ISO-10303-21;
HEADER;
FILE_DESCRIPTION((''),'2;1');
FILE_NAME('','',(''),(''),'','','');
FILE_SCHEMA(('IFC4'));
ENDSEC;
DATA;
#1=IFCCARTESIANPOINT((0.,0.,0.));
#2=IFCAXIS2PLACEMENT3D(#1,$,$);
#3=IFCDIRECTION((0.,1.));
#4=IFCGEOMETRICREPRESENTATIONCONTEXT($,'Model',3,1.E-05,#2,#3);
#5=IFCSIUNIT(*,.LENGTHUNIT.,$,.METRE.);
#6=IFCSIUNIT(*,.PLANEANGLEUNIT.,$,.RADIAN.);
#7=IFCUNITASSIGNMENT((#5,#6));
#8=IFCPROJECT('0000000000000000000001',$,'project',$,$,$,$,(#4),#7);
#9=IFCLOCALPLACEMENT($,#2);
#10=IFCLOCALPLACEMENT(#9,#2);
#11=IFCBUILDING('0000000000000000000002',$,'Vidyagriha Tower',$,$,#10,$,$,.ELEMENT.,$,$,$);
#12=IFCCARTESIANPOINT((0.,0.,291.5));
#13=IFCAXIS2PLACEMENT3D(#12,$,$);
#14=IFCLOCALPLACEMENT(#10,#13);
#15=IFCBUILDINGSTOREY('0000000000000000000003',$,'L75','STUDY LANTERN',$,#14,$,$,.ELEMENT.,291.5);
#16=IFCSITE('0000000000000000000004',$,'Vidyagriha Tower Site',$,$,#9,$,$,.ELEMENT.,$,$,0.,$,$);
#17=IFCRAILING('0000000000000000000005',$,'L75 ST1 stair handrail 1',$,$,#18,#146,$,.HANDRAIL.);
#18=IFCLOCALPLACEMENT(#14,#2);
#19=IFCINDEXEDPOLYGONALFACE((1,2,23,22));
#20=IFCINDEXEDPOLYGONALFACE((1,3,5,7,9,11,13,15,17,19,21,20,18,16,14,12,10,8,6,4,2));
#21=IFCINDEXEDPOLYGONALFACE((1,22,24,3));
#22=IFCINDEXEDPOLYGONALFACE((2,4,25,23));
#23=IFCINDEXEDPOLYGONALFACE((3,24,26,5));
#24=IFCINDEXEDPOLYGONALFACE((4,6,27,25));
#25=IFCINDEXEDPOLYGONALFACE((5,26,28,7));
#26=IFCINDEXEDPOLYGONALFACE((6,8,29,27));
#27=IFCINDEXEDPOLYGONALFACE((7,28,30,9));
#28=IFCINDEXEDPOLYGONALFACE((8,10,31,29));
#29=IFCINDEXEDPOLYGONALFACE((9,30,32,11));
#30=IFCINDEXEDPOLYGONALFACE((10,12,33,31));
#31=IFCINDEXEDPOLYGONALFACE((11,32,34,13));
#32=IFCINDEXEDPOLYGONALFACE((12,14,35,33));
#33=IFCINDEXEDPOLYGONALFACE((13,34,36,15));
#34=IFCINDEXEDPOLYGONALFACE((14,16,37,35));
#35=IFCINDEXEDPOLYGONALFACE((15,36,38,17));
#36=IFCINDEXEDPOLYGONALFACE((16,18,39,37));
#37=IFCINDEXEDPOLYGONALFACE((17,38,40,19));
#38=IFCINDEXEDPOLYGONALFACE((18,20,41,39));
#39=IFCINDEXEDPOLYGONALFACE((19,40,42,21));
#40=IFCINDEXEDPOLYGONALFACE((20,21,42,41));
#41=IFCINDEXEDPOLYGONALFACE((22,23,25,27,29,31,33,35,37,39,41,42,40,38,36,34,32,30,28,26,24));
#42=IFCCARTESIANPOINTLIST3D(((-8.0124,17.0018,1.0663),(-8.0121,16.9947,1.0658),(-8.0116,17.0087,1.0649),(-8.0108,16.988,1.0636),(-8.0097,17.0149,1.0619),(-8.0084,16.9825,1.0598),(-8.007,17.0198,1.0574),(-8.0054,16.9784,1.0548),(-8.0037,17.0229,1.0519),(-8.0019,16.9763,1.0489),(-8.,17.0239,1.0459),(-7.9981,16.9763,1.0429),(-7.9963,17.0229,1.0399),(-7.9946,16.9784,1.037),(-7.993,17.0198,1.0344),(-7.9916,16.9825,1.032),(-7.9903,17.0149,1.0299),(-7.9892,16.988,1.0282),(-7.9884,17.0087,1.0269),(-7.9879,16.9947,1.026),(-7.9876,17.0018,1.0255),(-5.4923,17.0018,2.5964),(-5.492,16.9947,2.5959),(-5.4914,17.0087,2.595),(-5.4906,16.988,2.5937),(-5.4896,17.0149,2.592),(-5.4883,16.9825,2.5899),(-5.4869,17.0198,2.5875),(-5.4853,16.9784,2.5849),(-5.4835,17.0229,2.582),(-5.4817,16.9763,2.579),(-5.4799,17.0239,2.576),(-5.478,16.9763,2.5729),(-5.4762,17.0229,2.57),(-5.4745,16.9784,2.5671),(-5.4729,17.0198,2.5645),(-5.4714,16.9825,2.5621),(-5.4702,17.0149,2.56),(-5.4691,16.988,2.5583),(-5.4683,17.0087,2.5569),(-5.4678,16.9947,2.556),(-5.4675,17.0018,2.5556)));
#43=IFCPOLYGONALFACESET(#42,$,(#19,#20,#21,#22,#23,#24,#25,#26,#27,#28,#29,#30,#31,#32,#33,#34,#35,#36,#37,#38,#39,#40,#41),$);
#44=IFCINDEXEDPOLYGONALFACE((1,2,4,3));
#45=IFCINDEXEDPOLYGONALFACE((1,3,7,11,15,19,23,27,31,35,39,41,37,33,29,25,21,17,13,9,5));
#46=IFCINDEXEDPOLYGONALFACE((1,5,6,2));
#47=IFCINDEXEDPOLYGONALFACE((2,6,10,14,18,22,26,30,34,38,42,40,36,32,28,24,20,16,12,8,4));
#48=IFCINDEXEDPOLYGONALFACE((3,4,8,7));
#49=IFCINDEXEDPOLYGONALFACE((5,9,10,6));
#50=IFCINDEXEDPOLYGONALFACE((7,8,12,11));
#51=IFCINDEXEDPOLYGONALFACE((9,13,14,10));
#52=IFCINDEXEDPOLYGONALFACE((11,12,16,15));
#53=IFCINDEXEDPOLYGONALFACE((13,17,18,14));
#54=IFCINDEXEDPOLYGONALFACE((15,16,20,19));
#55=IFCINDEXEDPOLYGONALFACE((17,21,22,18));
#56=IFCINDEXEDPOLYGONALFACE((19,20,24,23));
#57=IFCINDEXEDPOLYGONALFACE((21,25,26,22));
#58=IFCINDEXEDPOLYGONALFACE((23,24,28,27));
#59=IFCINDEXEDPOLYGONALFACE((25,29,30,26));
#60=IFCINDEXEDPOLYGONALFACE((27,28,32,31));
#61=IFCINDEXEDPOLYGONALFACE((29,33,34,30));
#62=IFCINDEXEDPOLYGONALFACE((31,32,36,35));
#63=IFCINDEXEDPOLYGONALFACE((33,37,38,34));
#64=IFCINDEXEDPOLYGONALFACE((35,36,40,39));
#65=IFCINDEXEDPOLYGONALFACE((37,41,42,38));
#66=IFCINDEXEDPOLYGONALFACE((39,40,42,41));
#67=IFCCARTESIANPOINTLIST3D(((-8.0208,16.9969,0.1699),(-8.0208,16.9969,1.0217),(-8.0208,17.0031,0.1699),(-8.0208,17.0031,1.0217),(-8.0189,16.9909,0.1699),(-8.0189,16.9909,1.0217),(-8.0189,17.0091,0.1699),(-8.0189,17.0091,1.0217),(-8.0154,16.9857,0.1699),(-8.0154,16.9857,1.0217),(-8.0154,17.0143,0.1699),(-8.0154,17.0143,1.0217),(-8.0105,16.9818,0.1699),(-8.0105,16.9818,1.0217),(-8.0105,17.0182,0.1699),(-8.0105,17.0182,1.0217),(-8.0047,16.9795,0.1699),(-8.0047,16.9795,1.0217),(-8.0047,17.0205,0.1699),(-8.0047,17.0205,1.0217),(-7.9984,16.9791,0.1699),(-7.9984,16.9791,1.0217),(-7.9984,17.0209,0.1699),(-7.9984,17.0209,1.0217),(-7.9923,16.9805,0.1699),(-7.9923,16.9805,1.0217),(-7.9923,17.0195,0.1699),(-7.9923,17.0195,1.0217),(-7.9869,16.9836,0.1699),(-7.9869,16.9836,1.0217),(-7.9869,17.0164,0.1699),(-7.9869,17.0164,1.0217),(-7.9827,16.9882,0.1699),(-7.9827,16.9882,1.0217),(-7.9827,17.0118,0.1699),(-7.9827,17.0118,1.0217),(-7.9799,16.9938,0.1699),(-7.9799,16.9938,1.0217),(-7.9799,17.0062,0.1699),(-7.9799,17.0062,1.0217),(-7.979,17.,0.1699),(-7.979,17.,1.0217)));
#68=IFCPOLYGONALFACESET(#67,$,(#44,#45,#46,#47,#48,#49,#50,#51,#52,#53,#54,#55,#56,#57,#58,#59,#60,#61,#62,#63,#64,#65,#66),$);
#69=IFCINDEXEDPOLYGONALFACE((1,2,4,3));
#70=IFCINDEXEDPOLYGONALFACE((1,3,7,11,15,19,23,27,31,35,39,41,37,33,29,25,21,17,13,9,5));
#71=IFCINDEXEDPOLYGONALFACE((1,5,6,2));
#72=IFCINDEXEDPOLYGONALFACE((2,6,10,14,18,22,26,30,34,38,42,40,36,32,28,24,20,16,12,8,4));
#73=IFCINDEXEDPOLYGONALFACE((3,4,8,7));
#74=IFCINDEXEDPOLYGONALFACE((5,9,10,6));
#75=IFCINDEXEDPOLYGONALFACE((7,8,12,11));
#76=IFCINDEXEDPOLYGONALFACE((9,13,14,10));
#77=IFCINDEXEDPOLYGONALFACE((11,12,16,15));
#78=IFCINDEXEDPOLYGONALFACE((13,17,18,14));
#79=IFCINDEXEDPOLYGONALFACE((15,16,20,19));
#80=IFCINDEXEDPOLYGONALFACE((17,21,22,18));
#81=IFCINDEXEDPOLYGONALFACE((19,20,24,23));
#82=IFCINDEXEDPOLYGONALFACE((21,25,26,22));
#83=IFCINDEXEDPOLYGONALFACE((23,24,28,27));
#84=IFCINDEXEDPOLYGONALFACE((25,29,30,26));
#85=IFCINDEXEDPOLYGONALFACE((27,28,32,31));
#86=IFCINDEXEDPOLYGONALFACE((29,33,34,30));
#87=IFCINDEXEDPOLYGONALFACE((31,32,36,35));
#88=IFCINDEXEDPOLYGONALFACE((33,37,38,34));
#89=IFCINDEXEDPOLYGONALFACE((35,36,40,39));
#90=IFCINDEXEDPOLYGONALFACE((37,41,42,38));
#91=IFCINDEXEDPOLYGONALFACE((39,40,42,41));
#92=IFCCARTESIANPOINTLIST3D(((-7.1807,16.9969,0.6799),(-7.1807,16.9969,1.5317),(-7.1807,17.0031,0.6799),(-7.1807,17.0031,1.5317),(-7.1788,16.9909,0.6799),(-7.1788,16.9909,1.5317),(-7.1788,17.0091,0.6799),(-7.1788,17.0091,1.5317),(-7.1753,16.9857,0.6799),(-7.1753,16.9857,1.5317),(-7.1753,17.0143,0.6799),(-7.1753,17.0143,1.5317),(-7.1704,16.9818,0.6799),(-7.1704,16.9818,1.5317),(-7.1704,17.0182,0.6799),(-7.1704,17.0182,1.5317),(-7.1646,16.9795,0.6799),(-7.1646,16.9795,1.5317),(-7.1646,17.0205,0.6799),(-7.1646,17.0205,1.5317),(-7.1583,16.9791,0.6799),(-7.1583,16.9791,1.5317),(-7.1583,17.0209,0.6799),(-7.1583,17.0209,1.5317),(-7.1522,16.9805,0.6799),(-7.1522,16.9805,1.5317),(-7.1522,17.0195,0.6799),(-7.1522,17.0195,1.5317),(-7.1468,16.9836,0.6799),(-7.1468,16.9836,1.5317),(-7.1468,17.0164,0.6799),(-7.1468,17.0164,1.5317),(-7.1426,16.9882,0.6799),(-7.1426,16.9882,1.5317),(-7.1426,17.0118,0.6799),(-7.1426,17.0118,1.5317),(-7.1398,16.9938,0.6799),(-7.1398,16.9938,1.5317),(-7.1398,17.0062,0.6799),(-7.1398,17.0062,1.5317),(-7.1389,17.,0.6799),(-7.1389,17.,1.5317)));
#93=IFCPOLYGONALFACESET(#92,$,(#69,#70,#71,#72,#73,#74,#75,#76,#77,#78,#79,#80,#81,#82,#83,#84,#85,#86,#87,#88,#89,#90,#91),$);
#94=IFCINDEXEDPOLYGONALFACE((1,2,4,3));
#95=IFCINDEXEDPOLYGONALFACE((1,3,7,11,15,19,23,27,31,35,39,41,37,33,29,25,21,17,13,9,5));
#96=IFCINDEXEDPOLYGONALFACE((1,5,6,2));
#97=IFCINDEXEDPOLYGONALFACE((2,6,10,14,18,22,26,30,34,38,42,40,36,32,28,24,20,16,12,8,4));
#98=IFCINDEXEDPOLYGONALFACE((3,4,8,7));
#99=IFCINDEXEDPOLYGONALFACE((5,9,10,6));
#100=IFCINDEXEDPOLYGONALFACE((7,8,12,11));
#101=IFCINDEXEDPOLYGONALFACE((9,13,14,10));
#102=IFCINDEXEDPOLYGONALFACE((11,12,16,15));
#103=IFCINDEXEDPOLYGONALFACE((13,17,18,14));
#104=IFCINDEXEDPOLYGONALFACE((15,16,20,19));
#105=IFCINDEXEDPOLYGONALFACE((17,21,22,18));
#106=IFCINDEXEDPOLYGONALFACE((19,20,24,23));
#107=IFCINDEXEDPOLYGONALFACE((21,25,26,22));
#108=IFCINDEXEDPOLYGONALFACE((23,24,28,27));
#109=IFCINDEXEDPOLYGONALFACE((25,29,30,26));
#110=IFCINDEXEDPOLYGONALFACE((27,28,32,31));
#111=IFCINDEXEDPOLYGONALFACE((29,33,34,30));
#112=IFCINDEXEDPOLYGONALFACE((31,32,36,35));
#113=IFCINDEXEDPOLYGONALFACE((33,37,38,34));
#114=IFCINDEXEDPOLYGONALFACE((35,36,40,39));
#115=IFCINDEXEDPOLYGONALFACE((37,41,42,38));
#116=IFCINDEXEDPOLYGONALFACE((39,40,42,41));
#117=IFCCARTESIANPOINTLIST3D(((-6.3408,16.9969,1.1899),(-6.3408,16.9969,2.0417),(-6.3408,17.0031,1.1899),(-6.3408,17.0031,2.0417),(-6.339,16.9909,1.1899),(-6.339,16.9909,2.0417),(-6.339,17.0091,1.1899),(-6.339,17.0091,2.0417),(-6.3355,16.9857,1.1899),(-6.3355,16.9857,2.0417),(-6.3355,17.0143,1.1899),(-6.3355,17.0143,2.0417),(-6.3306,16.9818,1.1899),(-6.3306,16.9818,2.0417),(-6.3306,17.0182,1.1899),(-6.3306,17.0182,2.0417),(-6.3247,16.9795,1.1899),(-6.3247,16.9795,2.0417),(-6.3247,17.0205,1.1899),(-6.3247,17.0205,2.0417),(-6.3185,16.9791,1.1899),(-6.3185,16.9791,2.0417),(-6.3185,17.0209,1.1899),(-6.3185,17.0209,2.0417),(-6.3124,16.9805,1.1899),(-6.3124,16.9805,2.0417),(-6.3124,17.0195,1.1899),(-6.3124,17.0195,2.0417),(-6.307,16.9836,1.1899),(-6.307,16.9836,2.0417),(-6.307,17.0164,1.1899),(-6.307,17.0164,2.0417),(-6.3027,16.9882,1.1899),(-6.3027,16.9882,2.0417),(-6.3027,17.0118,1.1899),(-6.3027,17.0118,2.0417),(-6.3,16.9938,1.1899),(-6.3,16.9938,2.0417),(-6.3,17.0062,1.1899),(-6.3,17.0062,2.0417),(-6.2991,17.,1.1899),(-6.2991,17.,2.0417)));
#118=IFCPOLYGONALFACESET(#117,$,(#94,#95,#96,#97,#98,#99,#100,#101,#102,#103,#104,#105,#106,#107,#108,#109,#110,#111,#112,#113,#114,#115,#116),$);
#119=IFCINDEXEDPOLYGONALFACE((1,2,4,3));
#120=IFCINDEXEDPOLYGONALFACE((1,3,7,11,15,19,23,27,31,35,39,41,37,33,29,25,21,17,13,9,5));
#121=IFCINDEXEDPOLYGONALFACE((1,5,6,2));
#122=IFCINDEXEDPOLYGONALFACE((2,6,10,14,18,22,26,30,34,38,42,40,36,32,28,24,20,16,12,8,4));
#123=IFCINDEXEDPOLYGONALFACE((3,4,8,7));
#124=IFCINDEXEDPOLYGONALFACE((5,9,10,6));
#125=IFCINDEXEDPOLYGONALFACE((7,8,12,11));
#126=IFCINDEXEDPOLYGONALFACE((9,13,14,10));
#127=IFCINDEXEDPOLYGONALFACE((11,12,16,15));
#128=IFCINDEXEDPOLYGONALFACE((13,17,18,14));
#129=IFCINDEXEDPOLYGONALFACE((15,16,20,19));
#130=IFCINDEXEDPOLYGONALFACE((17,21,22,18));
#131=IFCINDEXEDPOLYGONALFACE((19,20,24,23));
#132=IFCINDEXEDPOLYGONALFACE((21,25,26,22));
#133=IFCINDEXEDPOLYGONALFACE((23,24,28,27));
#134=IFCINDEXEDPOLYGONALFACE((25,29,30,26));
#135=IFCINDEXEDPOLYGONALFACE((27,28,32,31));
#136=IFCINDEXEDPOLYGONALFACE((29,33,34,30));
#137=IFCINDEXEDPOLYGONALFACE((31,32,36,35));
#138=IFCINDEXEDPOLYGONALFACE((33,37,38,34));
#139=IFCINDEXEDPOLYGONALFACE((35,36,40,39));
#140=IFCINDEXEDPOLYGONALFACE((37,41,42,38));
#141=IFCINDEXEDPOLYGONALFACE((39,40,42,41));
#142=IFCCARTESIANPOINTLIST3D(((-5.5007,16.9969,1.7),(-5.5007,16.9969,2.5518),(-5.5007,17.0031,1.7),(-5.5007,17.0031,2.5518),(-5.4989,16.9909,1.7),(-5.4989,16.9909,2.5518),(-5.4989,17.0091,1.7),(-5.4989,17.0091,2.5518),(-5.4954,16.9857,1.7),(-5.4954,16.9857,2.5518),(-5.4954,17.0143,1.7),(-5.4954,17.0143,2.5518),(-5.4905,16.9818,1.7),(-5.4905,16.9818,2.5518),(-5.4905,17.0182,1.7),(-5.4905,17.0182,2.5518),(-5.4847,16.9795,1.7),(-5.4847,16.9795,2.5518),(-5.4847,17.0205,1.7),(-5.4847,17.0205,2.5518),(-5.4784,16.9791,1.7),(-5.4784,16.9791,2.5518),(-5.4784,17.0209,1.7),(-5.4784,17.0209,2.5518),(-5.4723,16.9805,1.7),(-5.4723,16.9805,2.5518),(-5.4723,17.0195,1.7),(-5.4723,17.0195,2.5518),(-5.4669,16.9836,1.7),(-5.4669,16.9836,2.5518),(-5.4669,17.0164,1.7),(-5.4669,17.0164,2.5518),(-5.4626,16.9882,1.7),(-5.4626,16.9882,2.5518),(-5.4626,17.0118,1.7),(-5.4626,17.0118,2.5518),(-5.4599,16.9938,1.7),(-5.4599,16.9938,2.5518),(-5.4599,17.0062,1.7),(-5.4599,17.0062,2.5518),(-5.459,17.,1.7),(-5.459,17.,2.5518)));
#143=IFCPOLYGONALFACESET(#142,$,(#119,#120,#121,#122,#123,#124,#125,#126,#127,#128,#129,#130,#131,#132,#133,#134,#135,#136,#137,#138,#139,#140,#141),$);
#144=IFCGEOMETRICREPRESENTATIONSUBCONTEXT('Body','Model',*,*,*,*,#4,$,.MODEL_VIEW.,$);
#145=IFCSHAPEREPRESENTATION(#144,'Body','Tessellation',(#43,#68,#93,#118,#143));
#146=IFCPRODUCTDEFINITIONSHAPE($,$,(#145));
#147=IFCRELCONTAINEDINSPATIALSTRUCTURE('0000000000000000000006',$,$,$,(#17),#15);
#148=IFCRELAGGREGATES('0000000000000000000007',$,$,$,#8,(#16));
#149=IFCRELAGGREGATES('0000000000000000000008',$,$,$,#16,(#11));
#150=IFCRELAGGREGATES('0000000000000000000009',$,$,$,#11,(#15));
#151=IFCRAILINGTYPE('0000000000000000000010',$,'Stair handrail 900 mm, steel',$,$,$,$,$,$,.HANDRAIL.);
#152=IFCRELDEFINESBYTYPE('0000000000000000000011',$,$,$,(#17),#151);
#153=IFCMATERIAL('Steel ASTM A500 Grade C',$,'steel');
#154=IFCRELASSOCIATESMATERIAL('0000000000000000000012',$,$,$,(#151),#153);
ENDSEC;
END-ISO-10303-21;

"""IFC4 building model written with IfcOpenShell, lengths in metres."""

from ifc_helpers import new_model, si_unit, direction, frame, origin, origin_2d, place, context, subcontext, project, spatial, circle, extrude, material, type_object, element, save


model = new_model("IFC4")

# Units and contexts
model_context = context("Model", 3, precision=1e-05, world=origin(), true_north=direction((0.0, 1.0)))
body_context = subcontext(model_context, "Body", "Model", "MODEL_VIEW")
ifc_project = project(units=[si_unit("LENGTHUNIT", "METRE"), si_unit("PLANEANGLEUNIT", "RADIAN")], contexts=[model_context])

# Site, building, storey
site_placement = place(None, origin())
site = spatial("IfcSite", under=ifc_project, at=site_placement, Name="Vidyagriha Tower Site", CompositionType="ELEMENT", RefElevation=0.0)
building_placement = place(site_placement, origin())
building = spatial("IfcBuilding", under=site, at=building_placement, Name="Vidyagriha Tower", CompositionType="ELEMENT")
storey_placement = place(building_placement, frame((0.0, 0.0, 291.5)))
storey = spatial("IfcBuildingStorey", under=building, at=storey_placement, Name="L75", Description="STUDY LANTERN", CompositionType="ELEMENT", Elevation=291.5)

# Railing
ifc_material_1 = material(Name="Steel ASTM A500 Grade C", Category="steel")
railing_type_1 = type_object("IfcRailingType", Name="Stair handrail 900 mm, steel", PredefinedType="HANDRAIL", material=ifc_material_1)
railing_1_placement = place(storey_placement, frame((-8.0, 17.0, 0.1699)))
element("IfcRailing", 1, at=railing_1_placement, inside=storey, type_object=railing_type_1, Name="L75 ST1 stair handrail 1", PredefinedType="HANDRAIL", context=body_context, shape_type="SweptSolid", body=[
    extrude(circle(Radius=0.0239, at=origin_2d()), frame((0.0, 0.0, 0.876), z_axis=(0.854785, 0.0, 0.518982), x_axis=(0.0, 1.0, 0.0)), (0.0, 0.0, 1.0), 2.9482),
    extrude(circle(Radius=0.021, at=origin_2d()), origin(), (0.0, 0.0, 1.0), 0.8518),
    extrude(circle(Radius=0.021, at=origin_2d()), frame((0.8401, 0.0, 0.51)), (0.0, 0.0, 1.0), 0.8518),
    extrude(circle(Radius=0.021, at=origin_2d()), frame((1.6799, 0.0, 1.02)), (0.0, 0.0, 1.0), 0.8518),
    extrude(circle(Radius=0.021, at=origin_2d()), frame((2.52, 0.0, 1.53)), (0.0, 0.0, 1.0), 0.8518),
])

save(model, "model.ifc")
